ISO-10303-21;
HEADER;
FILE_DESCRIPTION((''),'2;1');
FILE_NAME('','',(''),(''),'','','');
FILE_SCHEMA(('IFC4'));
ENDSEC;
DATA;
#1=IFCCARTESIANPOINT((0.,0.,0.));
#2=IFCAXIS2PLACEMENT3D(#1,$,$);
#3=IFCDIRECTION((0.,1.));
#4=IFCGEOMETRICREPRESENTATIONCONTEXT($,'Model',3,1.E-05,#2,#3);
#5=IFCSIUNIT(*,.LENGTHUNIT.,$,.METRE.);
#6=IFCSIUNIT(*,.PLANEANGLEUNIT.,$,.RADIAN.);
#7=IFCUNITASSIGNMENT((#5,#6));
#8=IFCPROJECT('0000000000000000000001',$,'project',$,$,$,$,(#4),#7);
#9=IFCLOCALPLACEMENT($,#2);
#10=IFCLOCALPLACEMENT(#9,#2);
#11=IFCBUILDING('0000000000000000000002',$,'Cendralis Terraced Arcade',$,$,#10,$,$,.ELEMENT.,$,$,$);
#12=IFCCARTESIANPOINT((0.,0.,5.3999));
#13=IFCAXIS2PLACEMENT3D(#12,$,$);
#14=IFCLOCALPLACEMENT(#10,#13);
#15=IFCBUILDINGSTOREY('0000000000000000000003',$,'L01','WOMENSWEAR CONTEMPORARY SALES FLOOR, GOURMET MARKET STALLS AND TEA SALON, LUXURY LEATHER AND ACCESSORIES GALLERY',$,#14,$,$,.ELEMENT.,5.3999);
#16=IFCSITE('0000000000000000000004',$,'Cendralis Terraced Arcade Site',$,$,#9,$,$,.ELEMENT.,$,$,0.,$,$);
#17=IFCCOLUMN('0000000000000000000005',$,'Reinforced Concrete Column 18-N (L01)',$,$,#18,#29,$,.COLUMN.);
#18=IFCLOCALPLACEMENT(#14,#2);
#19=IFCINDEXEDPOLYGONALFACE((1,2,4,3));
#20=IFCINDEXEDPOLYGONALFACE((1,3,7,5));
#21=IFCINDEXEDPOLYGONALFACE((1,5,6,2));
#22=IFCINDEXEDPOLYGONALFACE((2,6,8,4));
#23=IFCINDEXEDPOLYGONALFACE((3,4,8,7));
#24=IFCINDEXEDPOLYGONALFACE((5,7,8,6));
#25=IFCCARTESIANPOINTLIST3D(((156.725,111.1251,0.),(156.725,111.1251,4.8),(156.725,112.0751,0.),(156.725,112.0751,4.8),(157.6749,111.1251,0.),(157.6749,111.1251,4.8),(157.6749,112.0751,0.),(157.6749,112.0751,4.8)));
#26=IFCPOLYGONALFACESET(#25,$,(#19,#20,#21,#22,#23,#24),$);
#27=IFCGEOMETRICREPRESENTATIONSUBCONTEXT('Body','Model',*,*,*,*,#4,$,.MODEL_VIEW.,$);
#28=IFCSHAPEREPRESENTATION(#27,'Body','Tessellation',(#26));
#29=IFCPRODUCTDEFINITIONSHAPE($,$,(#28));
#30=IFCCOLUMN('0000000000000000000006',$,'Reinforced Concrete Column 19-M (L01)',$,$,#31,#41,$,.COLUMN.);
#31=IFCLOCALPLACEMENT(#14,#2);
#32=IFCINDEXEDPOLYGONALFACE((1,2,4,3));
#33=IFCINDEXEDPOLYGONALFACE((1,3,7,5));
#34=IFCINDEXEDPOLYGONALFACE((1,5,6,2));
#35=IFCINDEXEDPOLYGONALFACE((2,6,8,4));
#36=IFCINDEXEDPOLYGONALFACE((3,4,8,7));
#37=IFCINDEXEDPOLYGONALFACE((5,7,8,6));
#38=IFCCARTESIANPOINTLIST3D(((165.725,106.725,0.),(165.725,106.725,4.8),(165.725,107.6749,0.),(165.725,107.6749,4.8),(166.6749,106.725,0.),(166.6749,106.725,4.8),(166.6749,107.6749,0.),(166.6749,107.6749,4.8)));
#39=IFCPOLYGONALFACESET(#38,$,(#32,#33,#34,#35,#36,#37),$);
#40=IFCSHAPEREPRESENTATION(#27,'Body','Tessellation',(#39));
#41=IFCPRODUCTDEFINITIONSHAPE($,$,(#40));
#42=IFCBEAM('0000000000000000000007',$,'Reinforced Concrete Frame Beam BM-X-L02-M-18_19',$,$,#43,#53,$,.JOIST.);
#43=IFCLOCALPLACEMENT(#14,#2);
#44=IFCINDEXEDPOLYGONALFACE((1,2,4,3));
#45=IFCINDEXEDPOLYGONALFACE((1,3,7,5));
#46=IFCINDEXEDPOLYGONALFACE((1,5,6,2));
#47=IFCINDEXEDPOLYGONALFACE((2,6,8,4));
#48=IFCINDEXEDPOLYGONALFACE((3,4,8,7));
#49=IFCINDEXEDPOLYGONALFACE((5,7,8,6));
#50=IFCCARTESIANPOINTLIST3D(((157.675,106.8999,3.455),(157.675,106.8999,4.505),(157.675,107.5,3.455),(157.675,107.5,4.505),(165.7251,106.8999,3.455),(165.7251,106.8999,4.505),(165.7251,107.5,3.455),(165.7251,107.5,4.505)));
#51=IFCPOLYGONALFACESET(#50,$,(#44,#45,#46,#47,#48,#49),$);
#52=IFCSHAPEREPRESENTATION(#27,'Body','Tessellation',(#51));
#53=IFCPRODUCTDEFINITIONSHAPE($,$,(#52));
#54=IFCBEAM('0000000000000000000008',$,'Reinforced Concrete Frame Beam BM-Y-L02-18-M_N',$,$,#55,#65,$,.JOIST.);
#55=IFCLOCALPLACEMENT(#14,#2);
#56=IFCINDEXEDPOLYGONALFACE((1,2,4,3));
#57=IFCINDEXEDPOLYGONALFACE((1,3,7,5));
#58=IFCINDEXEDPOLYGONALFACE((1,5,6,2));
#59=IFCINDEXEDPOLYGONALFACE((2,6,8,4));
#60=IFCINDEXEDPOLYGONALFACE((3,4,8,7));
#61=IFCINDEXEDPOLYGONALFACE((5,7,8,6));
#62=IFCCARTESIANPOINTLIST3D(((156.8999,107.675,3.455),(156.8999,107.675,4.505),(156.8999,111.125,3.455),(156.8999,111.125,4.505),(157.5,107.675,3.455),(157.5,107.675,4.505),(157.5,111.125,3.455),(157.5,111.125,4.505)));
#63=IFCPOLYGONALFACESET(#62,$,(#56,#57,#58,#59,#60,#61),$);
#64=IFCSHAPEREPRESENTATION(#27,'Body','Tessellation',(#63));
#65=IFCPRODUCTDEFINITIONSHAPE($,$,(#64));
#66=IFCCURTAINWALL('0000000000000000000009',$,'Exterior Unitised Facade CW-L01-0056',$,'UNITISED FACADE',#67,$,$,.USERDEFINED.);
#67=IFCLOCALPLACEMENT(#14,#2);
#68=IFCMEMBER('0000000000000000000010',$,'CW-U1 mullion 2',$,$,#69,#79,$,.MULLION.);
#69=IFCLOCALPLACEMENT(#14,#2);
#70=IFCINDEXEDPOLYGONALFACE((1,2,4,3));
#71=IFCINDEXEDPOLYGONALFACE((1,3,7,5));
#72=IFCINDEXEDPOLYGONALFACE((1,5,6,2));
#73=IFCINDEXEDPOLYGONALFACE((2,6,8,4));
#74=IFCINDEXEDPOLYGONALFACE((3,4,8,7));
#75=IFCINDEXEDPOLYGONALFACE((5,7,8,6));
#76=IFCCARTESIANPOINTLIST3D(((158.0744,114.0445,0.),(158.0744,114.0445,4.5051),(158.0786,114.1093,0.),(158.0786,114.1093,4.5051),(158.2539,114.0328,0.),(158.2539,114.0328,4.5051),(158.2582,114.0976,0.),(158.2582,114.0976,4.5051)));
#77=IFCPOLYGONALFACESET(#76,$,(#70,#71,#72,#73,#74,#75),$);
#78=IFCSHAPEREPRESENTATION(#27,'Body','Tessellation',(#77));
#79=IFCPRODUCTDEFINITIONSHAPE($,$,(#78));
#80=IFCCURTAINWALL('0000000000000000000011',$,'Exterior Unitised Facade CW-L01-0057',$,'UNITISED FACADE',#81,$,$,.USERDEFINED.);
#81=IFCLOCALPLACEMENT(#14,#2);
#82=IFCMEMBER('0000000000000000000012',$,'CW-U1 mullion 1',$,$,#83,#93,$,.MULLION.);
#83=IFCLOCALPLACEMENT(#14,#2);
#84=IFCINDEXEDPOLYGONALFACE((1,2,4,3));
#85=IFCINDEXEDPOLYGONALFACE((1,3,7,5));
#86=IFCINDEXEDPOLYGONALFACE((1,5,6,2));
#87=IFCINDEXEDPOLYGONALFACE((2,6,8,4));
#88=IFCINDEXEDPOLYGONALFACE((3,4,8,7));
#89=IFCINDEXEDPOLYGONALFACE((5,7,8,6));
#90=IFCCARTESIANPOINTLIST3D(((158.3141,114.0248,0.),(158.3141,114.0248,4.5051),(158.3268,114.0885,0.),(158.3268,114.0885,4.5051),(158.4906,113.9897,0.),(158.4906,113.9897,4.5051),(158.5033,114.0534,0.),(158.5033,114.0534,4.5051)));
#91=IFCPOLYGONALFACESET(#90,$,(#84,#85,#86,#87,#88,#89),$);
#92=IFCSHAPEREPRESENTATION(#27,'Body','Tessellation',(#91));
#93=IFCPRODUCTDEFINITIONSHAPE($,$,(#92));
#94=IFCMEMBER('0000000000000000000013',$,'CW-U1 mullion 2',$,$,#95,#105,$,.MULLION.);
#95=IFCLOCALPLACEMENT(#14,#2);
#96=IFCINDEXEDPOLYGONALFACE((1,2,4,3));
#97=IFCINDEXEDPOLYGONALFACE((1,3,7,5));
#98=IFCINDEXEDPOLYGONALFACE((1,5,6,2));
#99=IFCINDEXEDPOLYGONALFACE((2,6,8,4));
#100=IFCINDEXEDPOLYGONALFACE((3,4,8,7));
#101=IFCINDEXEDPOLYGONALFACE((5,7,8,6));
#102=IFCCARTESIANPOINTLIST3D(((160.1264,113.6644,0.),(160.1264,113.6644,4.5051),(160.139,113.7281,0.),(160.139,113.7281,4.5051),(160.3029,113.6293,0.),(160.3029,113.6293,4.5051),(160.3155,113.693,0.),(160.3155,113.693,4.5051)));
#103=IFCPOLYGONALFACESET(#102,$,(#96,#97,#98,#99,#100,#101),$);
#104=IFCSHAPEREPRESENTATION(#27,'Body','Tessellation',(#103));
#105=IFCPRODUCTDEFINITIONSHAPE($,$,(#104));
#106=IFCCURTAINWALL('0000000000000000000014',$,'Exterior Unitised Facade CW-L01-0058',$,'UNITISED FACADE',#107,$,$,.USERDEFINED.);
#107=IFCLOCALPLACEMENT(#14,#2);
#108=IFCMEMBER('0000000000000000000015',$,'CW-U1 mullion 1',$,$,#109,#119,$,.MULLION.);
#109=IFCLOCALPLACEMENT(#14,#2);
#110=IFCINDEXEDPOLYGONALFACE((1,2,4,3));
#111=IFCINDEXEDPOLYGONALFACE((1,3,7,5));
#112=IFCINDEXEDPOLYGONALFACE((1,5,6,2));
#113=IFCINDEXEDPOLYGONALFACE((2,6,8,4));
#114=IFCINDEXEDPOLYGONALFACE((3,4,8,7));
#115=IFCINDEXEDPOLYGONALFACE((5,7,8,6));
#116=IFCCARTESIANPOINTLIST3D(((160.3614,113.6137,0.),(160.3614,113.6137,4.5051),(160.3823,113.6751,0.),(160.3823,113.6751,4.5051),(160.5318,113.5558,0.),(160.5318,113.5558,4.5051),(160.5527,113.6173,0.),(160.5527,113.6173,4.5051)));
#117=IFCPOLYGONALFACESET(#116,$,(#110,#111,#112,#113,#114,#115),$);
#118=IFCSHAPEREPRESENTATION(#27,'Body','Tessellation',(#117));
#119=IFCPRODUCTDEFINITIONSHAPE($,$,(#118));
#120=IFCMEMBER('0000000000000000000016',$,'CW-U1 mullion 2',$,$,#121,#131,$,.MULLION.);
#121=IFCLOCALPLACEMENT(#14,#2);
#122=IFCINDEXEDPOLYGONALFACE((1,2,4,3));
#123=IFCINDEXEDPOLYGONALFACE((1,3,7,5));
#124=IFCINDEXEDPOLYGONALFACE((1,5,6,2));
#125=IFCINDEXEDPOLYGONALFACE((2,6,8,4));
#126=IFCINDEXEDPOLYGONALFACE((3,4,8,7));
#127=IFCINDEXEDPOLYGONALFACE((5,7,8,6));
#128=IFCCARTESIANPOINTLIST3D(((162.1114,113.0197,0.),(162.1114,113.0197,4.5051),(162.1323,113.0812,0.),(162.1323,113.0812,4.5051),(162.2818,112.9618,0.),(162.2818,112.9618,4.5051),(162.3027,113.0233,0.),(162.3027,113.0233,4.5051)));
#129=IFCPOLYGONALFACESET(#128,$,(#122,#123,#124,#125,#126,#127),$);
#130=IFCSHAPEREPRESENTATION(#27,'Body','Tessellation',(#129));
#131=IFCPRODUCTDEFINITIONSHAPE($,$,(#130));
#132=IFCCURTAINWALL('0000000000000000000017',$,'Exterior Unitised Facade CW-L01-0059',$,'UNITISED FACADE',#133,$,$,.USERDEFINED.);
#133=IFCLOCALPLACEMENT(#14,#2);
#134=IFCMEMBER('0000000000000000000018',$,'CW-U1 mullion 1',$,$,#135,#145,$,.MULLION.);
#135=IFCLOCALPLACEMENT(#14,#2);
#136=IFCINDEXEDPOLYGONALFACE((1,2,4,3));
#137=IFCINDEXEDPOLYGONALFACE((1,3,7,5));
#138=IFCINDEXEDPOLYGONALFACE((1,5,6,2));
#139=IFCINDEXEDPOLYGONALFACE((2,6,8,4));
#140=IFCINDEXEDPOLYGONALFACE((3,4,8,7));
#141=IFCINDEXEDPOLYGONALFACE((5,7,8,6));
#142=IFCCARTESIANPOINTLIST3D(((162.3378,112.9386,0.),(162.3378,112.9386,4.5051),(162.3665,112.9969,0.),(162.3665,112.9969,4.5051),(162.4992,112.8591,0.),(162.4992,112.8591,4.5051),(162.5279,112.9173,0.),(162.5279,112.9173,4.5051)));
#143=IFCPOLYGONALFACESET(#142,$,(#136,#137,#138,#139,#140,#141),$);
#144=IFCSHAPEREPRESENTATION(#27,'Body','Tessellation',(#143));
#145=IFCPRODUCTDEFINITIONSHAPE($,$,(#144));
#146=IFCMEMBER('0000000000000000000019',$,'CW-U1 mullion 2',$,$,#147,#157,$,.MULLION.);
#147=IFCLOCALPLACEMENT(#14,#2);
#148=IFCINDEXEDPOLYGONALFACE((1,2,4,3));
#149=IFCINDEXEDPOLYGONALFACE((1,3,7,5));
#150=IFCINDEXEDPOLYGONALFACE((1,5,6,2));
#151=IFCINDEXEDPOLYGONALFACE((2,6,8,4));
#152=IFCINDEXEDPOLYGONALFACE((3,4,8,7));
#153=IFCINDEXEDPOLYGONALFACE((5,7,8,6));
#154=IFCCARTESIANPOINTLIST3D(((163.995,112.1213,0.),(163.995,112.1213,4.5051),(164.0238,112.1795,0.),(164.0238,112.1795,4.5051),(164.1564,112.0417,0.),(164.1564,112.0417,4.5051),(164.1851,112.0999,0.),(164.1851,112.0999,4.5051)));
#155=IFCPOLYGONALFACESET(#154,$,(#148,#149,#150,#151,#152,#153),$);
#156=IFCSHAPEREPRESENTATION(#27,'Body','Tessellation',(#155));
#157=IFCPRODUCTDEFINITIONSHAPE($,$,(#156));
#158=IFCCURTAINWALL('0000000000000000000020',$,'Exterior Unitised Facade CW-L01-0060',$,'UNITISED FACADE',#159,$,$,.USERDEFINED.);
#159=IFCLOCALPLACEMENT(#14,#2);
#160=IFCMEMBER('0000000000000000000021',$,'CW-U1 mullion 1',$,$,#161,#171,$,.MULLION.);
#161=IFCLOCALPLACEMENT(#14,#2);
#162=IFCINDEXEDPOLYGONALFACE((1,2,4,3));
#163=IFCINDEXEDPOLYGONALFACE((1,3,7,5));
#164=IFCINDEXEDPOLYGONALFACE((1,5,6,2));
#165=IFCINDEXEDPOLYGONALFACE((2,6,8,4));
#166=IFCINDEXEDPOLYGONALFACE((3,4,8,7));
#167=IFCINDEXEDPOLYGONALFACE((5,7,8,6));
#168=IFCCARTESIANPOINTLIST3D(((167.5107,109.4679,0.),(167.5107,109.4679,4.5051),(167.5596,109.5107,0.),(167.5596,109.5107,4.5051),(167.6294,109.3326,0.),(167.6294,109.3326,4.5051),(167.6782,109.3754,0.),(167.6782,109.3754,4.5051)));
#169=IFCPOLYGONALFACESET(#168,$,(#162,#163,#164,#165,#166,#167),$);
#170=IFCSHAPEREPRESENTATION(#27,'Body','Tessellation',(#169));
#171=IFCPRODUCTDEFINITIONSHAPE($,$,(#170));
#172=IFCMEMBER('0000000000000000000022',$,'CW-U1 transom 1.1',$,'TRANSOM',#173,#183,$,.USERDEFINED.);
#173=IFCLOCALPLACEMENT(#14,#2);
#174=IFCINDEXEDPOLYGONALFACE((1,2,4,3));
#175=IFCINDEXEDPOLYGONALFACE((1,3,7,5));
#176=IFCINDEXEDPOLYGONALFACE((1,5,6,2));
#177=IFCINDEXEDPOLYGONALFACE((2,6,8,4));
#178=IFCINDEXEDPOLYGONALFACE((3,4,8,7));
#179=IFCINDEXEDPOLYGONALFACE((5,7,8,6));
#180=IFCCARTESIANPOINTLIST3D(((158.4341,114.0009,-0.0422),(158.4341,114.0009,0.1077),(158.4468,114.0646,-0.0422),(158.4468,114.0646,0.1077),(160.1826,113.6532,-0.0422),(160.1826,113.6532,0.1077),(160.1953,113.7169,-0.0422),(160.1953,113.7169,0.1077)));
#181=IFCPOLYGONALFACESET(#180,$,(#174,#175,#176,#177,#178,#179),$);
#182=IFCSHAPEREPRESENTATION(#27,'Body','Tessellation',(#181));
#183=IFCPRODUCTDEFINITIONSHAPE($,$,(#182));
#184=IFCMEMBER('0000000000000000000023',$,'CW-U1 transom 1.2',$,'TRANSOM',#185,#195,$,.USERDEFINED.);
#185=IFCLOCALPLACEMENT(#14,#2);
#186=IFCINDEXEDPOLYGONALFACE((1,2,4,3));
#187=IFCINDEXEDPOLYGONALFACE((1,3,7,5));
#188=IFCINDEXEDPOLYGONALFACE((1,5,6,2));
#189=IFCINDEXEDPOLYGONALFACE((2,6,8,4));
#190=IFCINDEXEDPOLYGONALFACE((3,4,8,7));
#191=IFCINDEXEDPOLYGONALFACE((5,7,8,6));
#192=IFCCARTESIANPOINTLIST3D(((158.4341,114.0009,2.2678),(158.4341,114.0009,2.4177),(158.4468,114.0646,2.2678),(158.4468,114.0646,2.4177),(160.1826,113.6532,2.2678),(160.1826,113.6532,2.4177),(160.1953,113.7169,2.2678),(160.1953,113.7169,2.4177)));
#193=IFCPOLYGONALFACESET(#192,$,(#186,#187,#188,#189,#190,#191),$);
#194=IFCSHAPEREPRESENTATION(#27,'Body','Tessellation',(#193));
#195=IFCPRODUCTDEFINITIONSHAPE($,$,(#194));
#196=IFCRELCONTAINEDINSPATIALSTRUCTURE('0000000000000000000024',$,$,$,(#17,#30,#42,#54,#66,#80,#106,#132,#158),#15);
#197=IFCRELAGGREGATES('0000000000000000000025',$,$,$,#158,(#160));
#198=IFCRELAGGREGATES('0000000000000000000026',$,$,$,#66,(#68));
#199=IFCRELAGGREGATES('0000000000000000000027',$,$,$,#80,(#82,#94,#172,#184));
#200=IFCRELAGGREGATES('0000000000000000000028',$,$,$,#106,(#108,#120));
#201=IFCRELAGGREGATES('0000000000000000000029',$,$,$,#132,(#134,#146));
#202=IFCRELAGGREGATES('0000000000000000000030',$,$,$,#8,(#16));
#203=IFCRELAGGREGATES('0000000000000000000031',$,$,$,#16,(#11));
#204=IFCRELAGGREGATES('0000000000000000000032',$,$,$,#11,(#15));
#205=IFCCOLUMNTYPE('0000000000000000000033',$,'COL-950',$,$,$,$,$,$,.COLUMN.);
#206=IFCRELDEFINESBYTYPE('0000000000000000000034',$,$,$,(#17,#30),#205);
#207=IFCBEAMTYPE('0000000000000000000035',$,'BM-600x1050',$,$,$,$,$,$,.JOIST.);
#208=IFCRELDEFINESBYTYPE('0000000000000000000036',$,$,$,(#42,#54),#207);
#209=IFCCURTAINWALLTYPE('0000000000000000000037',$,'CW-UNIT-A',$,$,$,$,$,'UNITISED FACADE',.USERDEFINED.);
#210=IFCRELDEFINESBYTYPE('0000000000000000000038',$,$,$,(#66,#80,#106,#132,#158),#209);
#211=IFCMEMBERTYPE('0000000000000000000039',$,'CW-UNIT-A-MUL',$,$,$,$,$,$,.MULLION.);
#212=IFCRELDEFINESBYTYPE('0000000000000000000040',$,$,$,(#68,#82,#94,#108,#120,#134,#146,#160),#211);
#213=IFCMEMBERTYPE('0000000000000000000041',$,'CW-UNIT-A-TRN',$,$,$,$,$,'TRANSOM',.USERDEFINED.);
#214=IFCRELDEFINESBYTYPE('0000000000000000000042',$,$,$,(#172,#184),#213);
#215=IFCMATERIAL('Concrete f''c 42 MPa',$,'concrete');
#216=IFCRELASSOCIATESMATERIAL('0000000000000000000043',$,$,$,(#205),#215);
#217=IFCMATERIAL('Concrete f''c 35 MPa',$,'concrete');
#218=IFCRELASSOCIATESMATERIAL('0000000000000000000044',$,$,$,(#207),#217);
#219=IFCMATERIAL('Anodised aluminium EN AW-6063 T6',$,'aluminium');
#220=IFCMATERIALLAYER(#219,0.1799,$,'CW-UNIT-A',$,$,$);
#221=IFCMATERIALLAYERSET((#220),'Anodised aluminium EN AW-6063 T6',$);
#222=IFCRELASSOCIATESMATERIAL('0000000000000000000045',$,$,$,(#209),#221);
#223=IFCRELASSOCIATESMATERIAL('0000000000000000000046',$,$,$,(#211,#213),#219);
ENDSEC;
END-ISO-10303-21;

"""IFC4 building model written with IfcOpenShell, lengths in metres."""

from ifc_helpers import new_model, si_unit, direction, frame, origin, origin_2d, place, context, subcontext, project, spatial, rectangle, extrude, material, layer, layer_set, material_profile, profile_set, type_object, element, aggregate, save


model = new_model("IFC4")

# Units and contexts
model_context = context("Model", 3, precision=1e-05, world=origin(), true_north=direction((0.0, 1.0)))
body_context = subcontext(model_context, "Body", "Model", "MODEL_VIEW")
ifc_project = project(units=[si_unit("LENGTHUNIT", "METRE"), si_unit("PLANEANGLEUNIT", "RADIAN")], contexts=[model_context])

# Site, building, storey
site_placement = place(None, origin())
site = spatial("IfcSite", under=ifc_project, at=site_placement, Name="Cendralis Terraced Arcade Site", CompositionType="ELEMENT", RefElevation=0.0)
building_placement = place(site_placement, origin())
building = spatial("IfcBuilding", under=site, at=building_placement, Name="Cendralis Terraced Arcade", CompositionType="ELEMENT")
storey_placement = place(building_placement, frame((0.0, 0.0, 5.3999)))
storey = spatial("IfcBuildingStorey", under=building, at=storey_placement, Name="L01", Description="WOMENSWEAR CONTEMPORARY SALES FLOOR, GOURMET MARKET STALLS AND TEA SALON, LUXURY LEATHER AND ACCESSORIES GALLERY", CompositionType="ELEMENT", Elevation=5.3999)

# Columns
ifc_material_1 = material(Name="Concrete f'c 42 MPa", Category="concrete")
ifc_material_profile_1 = material_profile(ifc_material_1, rectangle(XDim=0.95, YDim=0.95, at=origin_2d()), Name="RC-COL-950x950", Category="LoadBearing")
ifc_profile_set_1 = profile_set([ifc_material_profile_1], Name="Concrete f'c 42 MPa")
column_type = type_object("IfcColumnType", Name="COL-950", PredefinedType="COLUMN", material=ifc_profile_set_1)
for number, where, z_axis, x_axis, name in (
    (1, (157.2, 111.6001, 0.0), (0.0, 0.0, 1.0), (1.0, 0.0, 0.0), "Reinforced Concrete Column 18-N (L01)"),
    (2, (166.2, 107.2, 0.0), (0.0, 0.0, 1.0), (1.0, 0.0, 0.0), "Reinforced Concrete Column 19-M (L01)"),
):
    element("IfcColumn", number, at=place(storey_placement, frame(where, z_axis=z_axis, x_axis=x_axis)), inside=storey, type_object=column_type, Name=name, PredefinedType="COLUMN", context=body_context, shape_type="SweptSolid", body=[
        extrude(rectangle(XDim=0.95, YDim=0.95, at=origin_2d()), origin(), (0.0, 0.0, 1.0), 4.8),
    ])

# Beams
ifc_material_2 = material(Name="Concrete f'c 35 MPa", Category="concrete")
ifc_material_profile_2 = material_profile(ifc_material_2, rectangle(XDim=0.6001, YDim=1.05, at=origin_2d()), Name="RC-BM-600x1050", Category="LoadBearing")
ifc_profile_set_2 = profile_set([ifc_material_profile_2], Name="Concrete f'c 35 MPa")
beam_type = type_object("IfcBeamType", Name="BM-600x1050", PredefinedType="JOIST", material=ifc_profile_set_2)
beam_1_placement = place(storey_placement, frame((157.675, 107.2, 3.98), z_axis=(1.0, 0.0, 0.0), x_axis=(0.0, 1.0, 0.0)))
element("IfcBeam", 3, at=beam_1_placement, inside=storey, type_object=beam_type, Name="Reinforced Concrete Frame Beam BM-X-L02-M-18_19", PredefinedType="JOIST", context=body_context, shape_type="SweptSolid", body=[
    extrude(rectangle(XDim=0.6001, YDim=1.05, at=origin_2d()), origin(), (0.0, 0.0, 1.0), 8.05),
])
beam_2_placement = place(storey_placement, frame((157.2, 107.675, 3.98), z_axis=(0.0, 1.0, 0.0), x_axis=(-1.0, 0.0, 0.0)))
element("IfcBeam", 4, at=beam_2_placement, inside=storey, type_object=beam_type, Name="Reinforced Concrete Frame Beam BM-Y-L02-18-M_N", PredefinedType="JOIST", context=body_context, shape_type="SweptSolid", body=[
    extrude(rectangle(XDim=0.6001, YDim=1.05, at=origin_2d()), origin(), (0.0, 0.0, 1.0), 3.45),
])

# Curtain wall, member
ifc_material_3 = material(Name="Anodised aluminium EN AW-6063 T6", Category="aluminium")
ifc_layer_1 = layer(ifc_material_3, 0.1799, Name="CW-UNIT-A")
ifc_layer_set_1 = layer_set([ifc_layer_1], Name="Anodised aluminium EN AW-6063 T6")
curtain_wall_type = type_object("IfcCurtainWallType", Name="CW-UNIT-A", ElementType="UNITISED FACADE", PredefinedType="USERDEFINED", material=ifc_layer_set_1)
curtain_wall_1_placement = place(storey_placement, origin())
curtain_wall_1 = element("IfcCurtainWall", 5, at=curtain_wall_1_placement, inside=storey, type_object=curtain_wall_type, Name="Exterior Unitised Facade CW-L01-0056", ObjectType="UNITISED FACADE", PredefinedType="USERDEFINED")
ifc_material_profile_3 = material_profile(ifc_material_3, rectangle(XDim=0.0649, YDim=0.1799, at=origin_2d()), Name="ALU-MUL-65x180")
ifc_profile_set_3 = profile_set([ifc_material_profile_3], Name="Anodised aluminium EN AW-6063 T6")
member_type_1 = type_object("IfcMemberType", Name="CW-UNIT-A-MUL", PredefinedType="MULLION", material=ifc_profile_set_3)
member_1_placement = place(storey_placement, frame((158.1663, 114.071, 0.0), z_axis=(0.0, 0.0, 1.0), x_axis=(0.065398, 0.997859, 0.0)))
member_1 = element("IfcMember", 6, at=member_1_placement, type_object=member_type_1, Name="CW-U1 mullion 2", PredefinedType="MULLION", context=body_context, shape_type="SweptSolid", body=[
    extrude(rectangle(XDim=0.0649, YDim=0.1799, at=origin_2d()), origin(), (0.0, 0.0, 1.0), 4.5051),
])

# Curtain walls, members
curtain_wall_2_placement = place(storey_placement, origin())
curtain_wall_2 = element("IfcCurtainWall", 7, at=curtain_wall_2_placement, inside=storey, type_object=curtain_wall_type, Name="Exterior Unitised Facade CW-L01-0057", ObjectType="UNITISED FACADE", PredefinedType="USERDEFINED")
member_2_placement = place(storey_placement, frame((158.4087, 114.0391, 0.0), z_axis=(0.0, 0.0, 1.0), x_axis=(0.19505, 0.980793, 0.0)))
member_2 = element("IfcMember", 8, at=member_2_placement, type_object=member_type_1, Name="CW-U1 mullion 1", PredefinedType="MULLION", context=body_context, shape_type="SweptSolid", body=[
    extrude(rectangle(XDim=0.0649, YDim=0.1799, at=origin_2d()), origin(), (0.0, 0.0, 1.0), 4.5051),
])
member_3_placement = place(storey_placement, frame((160.2209, 113.6787, 0.0), z_axis=(0.0, 0.0, 1.0), x_axis=(0.19505, 0.980793, 0.0)))
member_3 = element("IfcMember", 9, at=member_3_placement, type_object=member_type_1, Name="CW-U1 mullion 2", PredefinedType="MULLION", context=body_context, shape_type="SweptSolid", body=[
    extrude(rectangle(XDim=0.0649, YDim=0.1799, at=origin_2d()), origin(), (0.0, 0.0, 1.0), 4.5051),
])
curtain_wall_3_placement = place(storey_placement, origin())
curtain_wall_3 = element("IfcCurtainWall", 10, at=curtain_wall_3_placement, inside=storey, type_object=curtain_wall_type, Name="Exterior Unitised Facade CW-L01-0058", ObjectType="UNITISED FACADE", PredefinedType="USERDEFINED")
member_4_placement = place(storey_placement, frame((160.457, 113.6155, 0.0), z_axis=(0.0, 0.0, 1.0), x_axis=(0.321445, 0.946928, 0.0)))
member_4 = element("IfcMember", 11, at=member_4_placement, type_object=member_type_1, Name="CW-U1 mullion 1", PredefinedType="MULLION", context=body_context, shape_type="SweptSolid", body=[
    extrude(rectangle(XDim=0.0649, YDim=0.1799, at=origin_2d()), origin(), (0.0, 0.0, 1.0), 4.5051),
])
member_5_placement = place(storey_placement, frame((162.207, 113.0215, 0.0), z_axis=(0.0, 0.0, 1.0), x_axis=(0.321445, 0.946928, 0.0)))
member_5 = element("IfcMember", 12, at=member_5_placement, type_object=member_type_1, Name="CW-U1 mullion 2", PredefinedType="MULLION", context=body_context, shape_type="SweptSolid", body=[
    extrude(rectangle(XDim=0.0649, YDim=0.1799, at=origin_2d()), origin(), (0.0, 0.0, 1.0), 4.5051),
])
curtain_wall_4_placement = place(storey_placement, origin())
curtain_wall_4 = element("IfcCurtainWall", 13, at=curtain_wall_4_placement, inside=storey, type_object=curtain_wall_type, Name="Exterior Unitised Facade CW-L01-0059", ObjectType="UNITISED FACADE", PredefinedType="USERDEFINED")
member_6_placement = place(storey_placement, frame((162.4329, 112.928, 0.0), z_axis=(0.0, 0.0, 1.0), x_axis=(0.442293, 0.896871, 0.0)))
member_6 = element("IfcMember", 14, at=member_6_placement, type_object=member_type_1, Name="CW-U1 mullion 1", PredefinedType="MULLION", context=body_context, shape_type="SweptSolid", body=[
    extrude(rectangle(XDim=0.0649, YDim=0.1799, at=origin_2d()), origin(), (0.0, 0.0, 1.0), 4.5051),
])
member_7_placement = place(storey_placement, frame((164.0901, 112.1106, 0.0), z_axis=(0.0, 0.0, 1.0), x_axis=(0.442293, 0.896871, 0.0)))
member_7 = element("IfcMember", 15, at=member_7_placement, type_object=member_type_1, Name="CW-U1 mullion 2", PredefinedType="MULLION", context=body_context, shape_type="SweptSolid", body=[
    extrude(rectangle(XDim=0.0649, YDim=0.1799, at=origin_2d()), origin(), (0.0, 0.0, 1.0), 4.5051),
])

# Curtain wall, member
curtain_wall_5_placement = place(storey_placement, origin())
curtain_wall_5 = element("IfcCurtainWall", 16, at=curtain_wall_5_placement, inside=storey, type_object=curtain_wall_type, Name="Exterior Unitised Facade CW-L01-0060", ObjectType="UNITISED FACADE", PredefinedType="USERDEFINED")
member_8_placement = place(storey_placement, frame((167.5945, 109.4216, 0.0), z_axis=(0.0, 0.0, 1.0), x_axis=(0.751783, 0.659411, 0.0)))
member_8 = element("IfcMember", 17, at=member_8_placement, type_object=member_type_1, Name="CW-U1 mullion 1", PredefinedType="MULLION", context=body_context, shape_type="SweptSolid", body=[
    extrude(rectangle(XDim=0.0649, YDim=0.1799, at=origin_2d()), origin(), (0.0, 0.0, 1.0), 4.5051),
])

# Members
ifc_material_profile_4 = material_profile(ifc_material_3, rectangle(XDim=0.0649, YDim=0.1499, at=origin_2d()), Name="ALU-TRN-65x150")
ifc_profile_set_4 = profile_set([ifc_material_profile_4], Name="Anodised aluminium EN AW-6063 T6")
member_type_2 = type_object("IfcMemberType", Name="CW-UNIT-A-TRN", ElementType="TRANSOM", PredefinedType="USERDEFINED", material=ifc_profile_set_4)
member_9_placement = place(storey_placement, frame((158.4404, 114.0327, 0.0327), z_axis=(0.980801, -0.19501, 0.0), x_axis=(0.19501, 0.980801, 0.0)))
member_9 = element("IfcMember", 18, at=member_9_placement, type_object=member_type_2, Name="CW-U1 transom 1.1", ObjectType="TRANSOM", PredefinedType="USERDEFINED", context=body_context, shape_type="SweptSolid", body=[
    extrude(rectangle(XDim=0.0649, YDim=0.1499, at=origin_2d()), origin(), (0.0, 0.0, 1.0), 1.7827),
])
member_10_placement = place(storey_placement, frame((158.4404, 114.0327, 2.3428), z_axis=(0.980801, -0.19501, 0.0), x_axis=(0.19501, 0.980801, 0.0)))
member_10 = element("IfcMember", 19, at=member_10_placement, type_object=member_type_2, Name="CW-U1 transom 1.2", ObjectType="TRANSOM", PredefinedType="USERDEFINED", context=body_context, shape_type="SweptSolid", body=[
    extrude(rectangle(XDim=0.0649, YDim=0.1499, at=origin_2d()), origin(), (0.0, 0.0, 1.0), 1.7827),
])
aggregate(curtain_wall_5, [member_8])

aggregate(curtain_wall_1, [member_1])
aggregate(curtain_wall_2, [member_2, member_3, member_9, member_10])
aggregate(curtain_wall_3, [member_4, member_5])
aggregate(curtain_wall_4, [member_6, member_7])

save(model, "model.ifc")
